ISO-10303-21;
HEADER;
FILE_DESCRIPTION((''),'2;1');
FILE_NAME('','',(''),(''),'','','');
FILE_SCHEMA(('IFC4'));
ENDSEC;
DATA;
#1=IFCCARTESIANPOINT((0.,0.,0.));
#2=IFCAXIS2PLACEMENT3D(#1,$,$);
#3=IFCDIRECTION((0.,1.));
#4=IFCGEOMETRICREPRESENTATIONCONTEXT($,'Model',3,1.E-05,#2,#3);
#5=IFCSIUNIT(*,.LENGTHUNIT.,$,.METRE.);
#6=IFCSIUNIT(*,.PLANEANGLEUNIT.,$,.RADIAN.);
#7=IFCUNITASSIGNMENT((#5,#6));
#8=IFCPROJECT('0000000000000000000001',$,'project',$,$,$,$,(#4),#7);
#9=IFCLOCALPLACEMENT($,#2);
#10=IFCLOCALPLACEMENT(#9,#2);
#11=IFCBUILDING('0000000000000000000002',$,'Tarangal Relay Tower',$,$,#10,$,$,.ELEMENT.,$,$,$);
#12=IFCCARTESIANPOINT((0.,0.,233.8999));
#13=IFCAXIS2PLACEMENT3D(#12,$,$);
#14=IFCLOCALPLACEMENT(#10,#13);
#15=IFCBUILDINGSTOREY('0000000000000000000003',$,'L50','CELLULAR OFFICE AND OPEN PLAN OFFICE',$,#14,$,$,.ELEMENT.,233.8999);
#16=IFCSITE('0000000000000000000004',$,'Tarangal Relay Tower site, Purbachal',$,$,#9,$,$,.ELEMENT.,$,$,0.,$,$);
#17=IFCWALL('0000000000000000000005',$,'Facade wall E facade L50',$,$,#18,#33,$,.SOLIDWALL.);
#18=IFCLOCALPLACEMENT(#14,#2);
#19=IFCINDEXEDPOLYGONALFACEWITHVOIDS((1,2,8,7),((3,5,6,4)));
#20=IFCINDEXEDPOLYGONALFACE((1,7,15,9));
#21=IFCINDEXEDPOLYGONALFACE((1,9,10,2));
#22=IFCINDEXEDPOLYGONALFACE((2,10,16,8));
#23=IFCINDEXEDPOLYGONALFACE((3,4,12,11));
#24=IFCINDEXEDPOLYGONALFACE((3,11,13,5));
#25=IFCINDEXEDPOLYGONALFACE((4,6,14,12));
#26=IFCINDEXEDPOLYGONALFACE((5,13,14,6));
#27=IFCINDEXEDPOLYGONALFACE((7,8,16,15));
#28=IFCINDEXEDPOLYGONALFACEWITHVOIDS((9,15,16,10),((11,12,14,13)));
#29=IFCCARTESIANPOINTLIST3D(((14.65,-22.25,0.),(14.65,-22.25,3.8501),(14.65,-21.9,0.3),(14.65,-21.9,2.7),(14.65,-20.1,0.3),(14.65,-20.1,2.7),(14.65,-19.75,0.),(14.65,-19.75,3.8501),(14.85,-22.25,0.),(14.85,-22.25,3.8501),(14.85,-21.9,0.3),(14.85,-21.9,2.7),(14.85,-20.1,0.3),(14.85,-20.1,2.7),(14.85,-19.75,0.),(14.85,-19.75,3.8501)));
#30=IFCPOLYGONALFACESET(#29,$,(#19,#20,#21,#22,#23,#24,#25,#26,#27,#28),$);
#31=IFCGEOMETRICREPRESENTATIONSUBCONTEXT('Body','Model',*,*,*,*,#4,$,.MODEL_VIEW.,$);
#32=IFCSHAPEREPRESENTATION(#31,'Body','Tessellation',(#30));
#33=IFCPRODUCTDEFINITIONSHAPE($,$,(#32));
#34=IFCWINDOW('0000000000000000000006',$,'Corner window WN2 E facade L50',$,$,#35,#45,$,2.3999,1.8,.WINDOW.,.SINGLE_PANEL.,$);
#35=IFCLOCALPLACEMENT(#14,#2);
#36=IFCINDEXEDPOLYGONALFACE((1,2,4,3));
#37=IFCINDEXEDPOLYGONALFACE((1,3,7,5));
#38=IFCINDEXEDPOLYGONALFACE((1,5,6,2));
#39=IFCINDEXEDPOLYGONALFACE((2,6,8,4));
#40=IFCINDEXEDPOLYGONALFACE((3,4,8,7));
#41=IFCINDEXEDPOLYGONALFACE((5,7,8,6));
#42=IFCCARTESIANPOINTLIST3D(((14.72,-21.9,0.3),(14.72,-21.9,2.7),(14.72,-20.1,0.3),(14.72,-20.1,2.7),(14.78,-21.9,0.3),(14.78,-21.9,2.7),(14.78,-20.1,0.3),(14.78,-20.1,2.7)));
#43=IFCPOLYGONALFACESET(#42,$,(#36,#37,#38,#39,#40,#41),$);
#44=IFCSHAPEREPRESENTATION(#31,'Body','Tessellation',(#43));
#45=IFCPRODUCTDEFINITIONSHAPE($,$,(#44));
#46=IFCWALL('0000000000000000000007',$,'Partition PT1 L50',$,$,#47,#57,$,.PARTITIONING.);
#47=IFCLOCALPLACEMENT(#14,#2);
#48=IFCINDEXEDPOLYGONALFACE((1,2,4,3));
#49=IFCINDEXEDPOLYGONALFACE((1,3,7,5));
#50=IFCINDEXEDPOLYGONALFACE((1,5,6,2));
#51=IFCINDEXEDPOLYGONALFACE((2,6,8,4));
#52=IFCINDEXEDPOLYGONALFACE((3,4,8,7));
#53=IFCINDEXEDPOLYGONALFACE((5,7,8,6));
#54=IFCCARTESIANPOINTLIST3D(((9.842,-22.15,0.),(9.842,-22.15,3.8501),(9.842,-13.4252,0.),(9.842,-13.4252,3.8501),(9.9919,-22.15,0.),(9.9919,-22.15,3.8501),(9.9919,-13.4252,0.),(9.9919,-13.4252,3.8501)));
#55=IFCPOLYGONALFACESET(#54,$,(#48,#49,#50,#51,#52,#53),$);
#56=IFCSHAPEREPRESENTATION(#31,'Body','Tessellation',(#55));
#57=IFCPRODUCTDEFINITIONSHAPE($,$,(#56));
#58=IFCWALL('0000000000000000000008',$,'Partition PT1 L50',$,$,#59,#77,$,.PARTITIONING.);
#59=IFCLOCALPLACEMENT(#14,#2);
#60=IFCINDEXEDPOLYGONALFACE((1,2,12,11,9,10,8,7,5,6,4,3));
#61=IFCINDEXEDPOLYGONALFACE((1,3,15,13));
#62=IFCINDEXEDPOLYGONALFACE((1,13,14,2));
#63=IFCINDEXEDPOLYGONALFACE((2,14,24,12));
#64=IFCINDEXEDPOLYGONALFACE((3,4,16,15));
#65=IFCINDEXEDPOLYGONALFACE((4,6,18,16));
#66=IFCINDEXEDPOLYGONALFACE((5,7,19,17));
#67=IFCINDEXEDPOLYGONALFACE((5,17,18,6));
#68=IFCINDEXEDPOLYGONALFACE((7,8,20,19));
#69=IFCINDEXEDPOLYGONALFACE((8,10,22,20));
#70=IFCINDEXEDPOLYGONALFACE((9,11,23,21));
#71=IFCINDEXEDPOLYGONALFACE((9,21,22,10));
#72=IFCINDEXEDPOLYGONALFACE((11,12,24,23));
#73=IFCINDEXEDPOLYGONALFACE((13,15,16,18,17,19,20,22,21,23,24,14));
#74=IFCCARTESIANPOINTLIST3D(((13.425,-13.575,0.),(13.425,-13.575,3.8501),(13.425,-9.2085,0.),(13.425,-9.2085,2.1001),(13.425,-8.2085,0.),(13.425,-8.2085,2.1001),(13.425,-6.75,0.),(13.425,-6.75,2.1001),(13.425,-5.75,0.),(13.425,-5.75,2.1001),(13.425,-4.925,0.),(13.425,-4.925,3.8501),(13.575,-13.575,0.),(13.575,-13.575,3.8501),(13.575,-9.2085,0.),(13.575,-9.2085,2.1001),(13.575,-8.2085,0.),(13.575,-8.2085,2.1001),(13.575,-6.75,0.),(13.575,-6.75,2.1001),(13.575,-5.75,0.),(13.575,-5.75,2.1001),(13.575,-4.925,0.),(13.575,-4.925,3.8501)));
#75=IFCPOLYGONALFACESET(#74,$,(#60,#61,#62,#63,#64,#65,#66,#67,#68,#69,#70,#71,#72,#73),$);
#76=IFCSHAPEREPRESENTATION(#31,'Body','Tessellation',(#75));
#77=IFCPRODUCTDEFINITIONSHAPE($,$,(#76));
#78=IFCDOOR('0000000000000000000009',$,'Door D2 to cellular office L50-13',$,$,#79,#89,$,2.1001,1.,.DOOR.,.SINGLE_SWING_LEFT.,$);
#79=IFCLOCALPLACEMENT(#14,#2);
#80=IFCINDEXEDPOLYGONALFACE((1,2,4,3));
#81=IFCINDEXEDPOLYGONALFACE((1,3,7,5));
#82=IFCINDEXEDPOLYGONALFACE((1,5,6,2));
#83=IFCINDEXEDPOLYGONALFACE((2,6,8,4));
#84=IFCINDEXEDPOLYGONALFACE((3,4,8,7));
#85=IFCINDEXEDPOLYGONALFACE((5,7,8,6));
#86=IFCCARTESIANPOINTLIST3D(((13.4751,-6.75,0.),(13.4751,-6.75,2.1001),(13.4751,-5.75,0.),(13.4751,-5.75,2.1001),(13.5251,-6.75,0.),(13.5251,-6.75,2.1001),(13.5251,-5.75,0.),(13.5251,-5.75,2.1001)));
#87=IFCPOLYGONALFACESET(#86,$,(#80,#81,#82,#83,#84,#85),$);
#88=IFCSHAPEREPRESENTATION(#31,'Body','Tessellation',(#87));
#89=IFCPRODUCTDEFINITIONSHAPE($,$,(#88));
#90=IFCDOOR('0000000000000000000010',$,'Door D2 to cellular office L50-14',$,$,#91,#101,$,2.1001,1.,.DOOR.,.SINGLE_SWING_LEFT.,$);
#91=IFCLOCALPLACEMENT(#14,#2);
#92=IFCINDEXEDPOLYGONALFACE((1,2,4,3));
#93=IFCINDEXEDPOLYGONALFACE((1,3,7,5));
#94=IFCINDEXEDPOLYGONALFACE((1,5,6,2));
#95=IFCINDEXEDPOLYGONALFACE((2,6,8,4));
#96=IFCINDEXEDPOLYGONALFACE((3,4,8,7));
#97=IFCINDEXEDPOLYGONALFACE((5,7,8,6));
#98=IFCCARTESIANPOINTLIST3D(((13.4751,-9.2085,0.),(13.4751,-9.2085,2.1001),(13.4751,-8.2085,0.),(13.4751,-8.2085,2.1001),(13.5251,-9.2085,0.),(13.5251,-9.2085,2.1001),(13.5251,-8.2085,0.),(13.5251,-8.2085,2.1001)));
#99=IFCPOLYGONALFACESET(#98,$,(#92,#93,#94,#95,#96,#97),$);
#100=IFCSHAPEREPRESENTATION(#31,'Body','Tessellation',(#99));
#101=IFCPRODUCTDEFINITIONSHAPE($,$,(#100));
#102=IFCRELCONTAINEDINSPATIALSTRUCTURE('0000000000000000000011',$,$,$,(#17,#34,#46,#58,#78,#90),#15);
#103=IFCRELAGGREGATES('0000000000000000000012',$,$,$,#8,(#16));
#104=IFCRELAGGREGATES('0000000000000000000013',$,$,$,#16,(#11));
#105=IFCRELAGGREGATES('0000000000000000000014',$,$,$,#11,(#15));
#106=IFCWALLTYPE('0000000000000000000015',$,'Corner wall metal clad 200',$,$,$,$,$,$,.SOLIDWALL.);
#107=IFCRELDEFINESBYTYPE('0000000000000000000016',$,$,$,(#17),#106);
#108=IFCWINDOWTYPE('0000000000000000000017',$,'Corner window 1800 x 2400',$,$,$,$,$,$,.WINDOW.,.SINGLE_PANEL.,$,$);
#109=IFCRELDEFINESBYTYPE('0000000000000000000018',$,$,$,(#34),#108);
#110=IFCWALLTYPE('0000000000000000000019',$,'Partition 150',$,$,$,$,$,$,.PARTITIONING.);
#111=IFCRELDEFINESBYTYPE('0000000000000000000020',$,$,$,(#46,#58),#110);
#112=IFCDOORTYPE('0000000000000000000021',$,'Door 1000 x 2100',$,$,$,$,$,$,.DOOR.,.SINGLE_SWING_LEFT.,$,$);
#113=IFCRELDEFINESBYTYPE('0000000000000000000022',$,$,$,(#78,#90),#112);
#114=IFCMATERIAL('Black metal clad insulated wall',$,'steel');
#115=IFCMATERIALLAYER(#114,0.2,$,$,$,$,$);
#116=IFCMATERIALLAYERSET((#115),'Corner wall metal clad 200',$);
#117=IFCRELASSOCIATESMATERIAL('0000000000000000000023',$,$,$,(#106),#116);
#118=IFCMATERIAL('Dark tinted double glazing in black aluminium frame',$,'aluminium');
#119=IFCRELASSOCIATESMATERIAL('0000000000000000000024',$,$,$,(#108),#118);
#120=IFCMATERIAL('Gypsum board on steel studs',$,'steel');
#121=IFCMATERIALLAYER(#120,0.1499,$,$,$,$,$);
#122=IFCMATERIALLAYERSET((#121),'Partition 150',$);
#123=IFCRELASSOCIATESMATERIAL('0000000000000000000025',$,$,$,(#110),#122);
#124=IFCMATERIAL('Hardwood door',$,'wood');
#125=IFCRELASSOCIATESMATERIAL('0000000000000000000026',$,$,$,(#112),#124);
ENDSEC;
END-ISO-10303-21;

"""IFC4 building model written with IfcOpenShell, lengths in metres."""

from ifc_helpers import new_model, si_unit, direction, frame, frame_2d, origin, place, context, subcontext, project, spatial, rectangle, extrude, material, layer, layer_set, type_object, element, fill, save


model = new_model("IFC4")

# Units and contexts
model_context = context("Model", 3, precision=1e-05, world=origin(), true_north=direction((0.0, 1.0)))
body_context = subcontext(model_context, "Body", "Model", "MODEL_VIEW")
ifc_project = project(units=[si_unit("LENGTHUNIT", "METRE"), si_unit("PLANEANGLEUNIT", "RADIAN")], contexts=[model_context])

# Site, building, storey
site_placement = place(None, origin())
site = spatial("IfcSite", under=ifc_project, at=site_placement, Name="Tarangal Relay Tower site, Purbachal", CompositionType="ELEMENT", RefElevation=0.0)
building_placement = place(site_placement, origin())
building = spatial("IfcBuilding", under=site, at=building_placement, Name="Tarangal Relay Tower", CompositionType="ELEMENT")
storey_placement = place(building_placement, frame((0.0, 0.0, 233.8999)))
storey = spatial("IfcBuildingStorey", under=building, at=storey_placement, Name="L50", Description="CELLULAR OFFICE AND OPEN PLAN OFFICE", CompositionType="ELEMENT", Elevation=233.8999)

# Wall, opening, window
ifc_material_1 = material(Name="Black metal clad insulated wall", Category="steel")
ifc_layer_1 = layer(ifc_material_1, 0.2)
ifc_layer_set_1 = layer_set([ifc_layer_1], Name="Corner wall metal clad 200")
wall_type_1 = type_object("IfcWallType", Name="Corner wall metal clad 200", PredefinedType="SOLIDWALL", material=ifc_layer_set_1)
wall_1_placement = place(storey_placement, frame((14.75, -19.75, 0.0), z_axis=(0.0, 0.0, 1.0), x_axis=(0.0, -1.0, 0.0)))
wall_1 = element("IfcWall", 1, at=wall_1_placement, inside=storey, type_object=wall_type_1, Name="Facade wall E facade L50", PredefinedType="SOLIDWALL", context=body_context, shape_type="SweptSolid", body=[
    extrude(rectangle(XDim=2.5, YDim=0.2, at=frame_2d((1.25, 0.0))), origin(), (0.0, 0.0, 1.0), 3.8501),
])
opening_1_placement = place(wall_1_placement, frame((0.3501, 0.0, 0.3)))
opening_1 = element("IfcOpeningElement", 2, at=opening_1_placement, cuts=wall_1, PredefinedType="OPENING", context=body_context, shape_type="SweptSolid", body=[
    extrude(rectangle(XDim=1.8, YDim=2.3999, at=frame_2d((0.8999, 1.2))), frame((0.0, 0.1099, 0.0), z_axis=(0.0, -1.0, 0.0), x_axis=(1.0, 0.0, 0.0)), (0.0, 0.0, 1.0), 0.22),
])
ifc_material_2 = material(Name="Dark tinted double glazing in black aluminium frame", Category="aluminium")
window_type = type_object("IfcWindowType", Name="Corner window 1800 x 2400", PartitioningType="SINGLE_PANEL", PredefinedType="WINDOW", material=ifc_material_2)
window_placement = place(opening_1_placement, origin())
window = element("IfcWindow", 3, at=window_placement, inside=storey, type_object=window_type, Name="Corner window WN2 E facade L50", OverallHeight=2.3999, OverallWidth=1.8, PartitioningType="SINGLE_PANEL", PredefinedType="WINDOW", context=body_context, shape_type="SweptSolid", body=[
    extrude(rectangle(XDim=1.8, YDim=2.3999, at=frame_2d((0.8999, 1.2))), frame((0.0, 0.03, 0.0), z_axis=(0.0, -1.0, 0.0), x_axis=(1.0, 0.0, 0.0)), (0.0, 0.0, 1.0), 0.0601),
])
fill(opening_1, window)

# Wall
ifc_material_3 = material(Name="Gypsum board on steel studs", Category="steel")
ifc_layer_2 = layer(ifc_material_3, 0.1499)
ifc_layer_set_2 = layer_set([ifc_layer_2], Name="Partition 150")
wall_type_2 = type_object("IfcWallType", Name="Partition 150", PredefinedType="PARTITIONING", material=ifc_layer_set_2)
wall_2_placement = place(storey_placement, frame((9.917, -22.1499, 0.0), z_axis=(0.0, 0.0, 1.0), x_axis=(0.0, 1.0, 0.0)))
element("IfcWall", 4, at=wall_2_placement, inside=storey, type_object=wall_type_2, Name="Partition PT1 L50", PredefinedType="PARTITIONING", context=body_context, shape_type="SweptSolid", body=[
    extrude(rectangle(XDim=8.7249, YDim=0.1499, at=frame_2d((4.3623, 0.0))), origin(), (0.0, 0.0, 1.0), 3.8501),
])

# Wall, openings, doors
wall_3_placement = place(storey_placement, frame((13.5, -13.575, 0.0), z_axis=(0.0, 0.0, 1.0), x_axis=(0.0, 1.0, 0.0)))
wall_3 = element("IfcWall", 5, at=wall_3_placement, inside=storey, type_object=wall_type_2, Name="Partition PT1 L50", PredefinedType="PARTITIONING", context=body_context, shape_type="SweptSolid", body=[
    extrude(rectangle(XDim=8.6499, YDim=0.1499, at=frame_2d((4.325, 0.0))), origin(), (0.0, 0.0, 1.0), 3.8501),
])
opening_2_placement = place(wall_3_placement, frame((6.825, 0.0, 0.0)))
opening_2 = element("IfcOpeningElement", 6, at=opening_2_placement, cuts=wall_3, PredefinedType="OPENING", context=body_context, shape_type="SweptSolid", body=[
    extrude(rectangle(XDim=1.0, YDim=2.1001, at=frame_2d((0.5, 1.05))), frame((0.0, 0.085, 0.0), z_axis=(0.0, -1.0, 0.0), x_axis=(1.0, 0.0, 0.0)), (0.0, 0.0, 1.0), 0.1699),
])
opening_3_placement = place(wall_3_placement, frame((4.3665, 0.0, 0.0)))
opening_3 = element("IfcOpeningElement", 7, at=opening_3_placement, cuts=wall_3, PredefinedType="OPENING", context=body_context, shape_type="SweptSolid", body=[
    extrude(rectangle(XDim=1.0, YDim=2.1001, at=frame_2d((0.5, 1.05))), frame((0.0, 0.085, 0.0), z_axis=(0.0, -1.0, 0.0), x_axis=(1.0, 0.0, 0.0)), (0.0, 0.0, 1.0), 0.1699),
])
ifc_material_4 = material(Name="Hardwood door", Category="wood")
door_type = type_object("IfcDoorType", Name="Door 1000 x 2100", OperationType="SINGLE_SWING_LEFT", PredefinedType="DOOR", material=ifc_material_4)
door_1_placement = place(opening_2_placement, origin())
door_1 = element("IfcDoor", 8, at=door_1_placement, inside=storey, type_object=door_type, Name="Door D2 to cellular office L50-13", OperationType="SINGLE_SWING_LEFT", OverallHeight=2.1001, OverallWidth=1.0, PredefinedType="DOOR", context=body_context, shape_type="SweptSolid", body=[
    extrude(rectangle(XDim=1.0, YDim=2.1001, at=frame_2d((0.5, 1.05))), frame((0.0, 0.0249, 0.0), z_axis=(0.0, -1.0, 0.0), x_axis=(1.0, 0.0, 0.0)), (0.0, 0.0, 1.0), 0.05),
])
fill(opening_2, door_1)
door_2_placement = place(opening_3_placement, origin())
door_2 = element("IfcDoor", 9, at=door_2_placement, inside=storey, type_object=door_type, Name="Door D2 to cellular office L50-14", OperationType="SINGLE_SWING_LEFT", OverallHeight=2.1001, OverallWidth=1.0, PredefinedType="DOOR", context=body_context, shape_type="SweptSolid", body=[
    extrude(rectangle(XDim=1.0, YDim=2.1001, at=frame_2d((0.5, 1.05))), frame((0.0, 0.0249, 0.0), z_axis=(0.0, -1.0, 0.0), x_axis=(1.0, 0.0, 0.0)), (0.0, 0.0, 1.0), 0.05),
])
fill(opening_3, door_2)

save(model, "model.ifc")
